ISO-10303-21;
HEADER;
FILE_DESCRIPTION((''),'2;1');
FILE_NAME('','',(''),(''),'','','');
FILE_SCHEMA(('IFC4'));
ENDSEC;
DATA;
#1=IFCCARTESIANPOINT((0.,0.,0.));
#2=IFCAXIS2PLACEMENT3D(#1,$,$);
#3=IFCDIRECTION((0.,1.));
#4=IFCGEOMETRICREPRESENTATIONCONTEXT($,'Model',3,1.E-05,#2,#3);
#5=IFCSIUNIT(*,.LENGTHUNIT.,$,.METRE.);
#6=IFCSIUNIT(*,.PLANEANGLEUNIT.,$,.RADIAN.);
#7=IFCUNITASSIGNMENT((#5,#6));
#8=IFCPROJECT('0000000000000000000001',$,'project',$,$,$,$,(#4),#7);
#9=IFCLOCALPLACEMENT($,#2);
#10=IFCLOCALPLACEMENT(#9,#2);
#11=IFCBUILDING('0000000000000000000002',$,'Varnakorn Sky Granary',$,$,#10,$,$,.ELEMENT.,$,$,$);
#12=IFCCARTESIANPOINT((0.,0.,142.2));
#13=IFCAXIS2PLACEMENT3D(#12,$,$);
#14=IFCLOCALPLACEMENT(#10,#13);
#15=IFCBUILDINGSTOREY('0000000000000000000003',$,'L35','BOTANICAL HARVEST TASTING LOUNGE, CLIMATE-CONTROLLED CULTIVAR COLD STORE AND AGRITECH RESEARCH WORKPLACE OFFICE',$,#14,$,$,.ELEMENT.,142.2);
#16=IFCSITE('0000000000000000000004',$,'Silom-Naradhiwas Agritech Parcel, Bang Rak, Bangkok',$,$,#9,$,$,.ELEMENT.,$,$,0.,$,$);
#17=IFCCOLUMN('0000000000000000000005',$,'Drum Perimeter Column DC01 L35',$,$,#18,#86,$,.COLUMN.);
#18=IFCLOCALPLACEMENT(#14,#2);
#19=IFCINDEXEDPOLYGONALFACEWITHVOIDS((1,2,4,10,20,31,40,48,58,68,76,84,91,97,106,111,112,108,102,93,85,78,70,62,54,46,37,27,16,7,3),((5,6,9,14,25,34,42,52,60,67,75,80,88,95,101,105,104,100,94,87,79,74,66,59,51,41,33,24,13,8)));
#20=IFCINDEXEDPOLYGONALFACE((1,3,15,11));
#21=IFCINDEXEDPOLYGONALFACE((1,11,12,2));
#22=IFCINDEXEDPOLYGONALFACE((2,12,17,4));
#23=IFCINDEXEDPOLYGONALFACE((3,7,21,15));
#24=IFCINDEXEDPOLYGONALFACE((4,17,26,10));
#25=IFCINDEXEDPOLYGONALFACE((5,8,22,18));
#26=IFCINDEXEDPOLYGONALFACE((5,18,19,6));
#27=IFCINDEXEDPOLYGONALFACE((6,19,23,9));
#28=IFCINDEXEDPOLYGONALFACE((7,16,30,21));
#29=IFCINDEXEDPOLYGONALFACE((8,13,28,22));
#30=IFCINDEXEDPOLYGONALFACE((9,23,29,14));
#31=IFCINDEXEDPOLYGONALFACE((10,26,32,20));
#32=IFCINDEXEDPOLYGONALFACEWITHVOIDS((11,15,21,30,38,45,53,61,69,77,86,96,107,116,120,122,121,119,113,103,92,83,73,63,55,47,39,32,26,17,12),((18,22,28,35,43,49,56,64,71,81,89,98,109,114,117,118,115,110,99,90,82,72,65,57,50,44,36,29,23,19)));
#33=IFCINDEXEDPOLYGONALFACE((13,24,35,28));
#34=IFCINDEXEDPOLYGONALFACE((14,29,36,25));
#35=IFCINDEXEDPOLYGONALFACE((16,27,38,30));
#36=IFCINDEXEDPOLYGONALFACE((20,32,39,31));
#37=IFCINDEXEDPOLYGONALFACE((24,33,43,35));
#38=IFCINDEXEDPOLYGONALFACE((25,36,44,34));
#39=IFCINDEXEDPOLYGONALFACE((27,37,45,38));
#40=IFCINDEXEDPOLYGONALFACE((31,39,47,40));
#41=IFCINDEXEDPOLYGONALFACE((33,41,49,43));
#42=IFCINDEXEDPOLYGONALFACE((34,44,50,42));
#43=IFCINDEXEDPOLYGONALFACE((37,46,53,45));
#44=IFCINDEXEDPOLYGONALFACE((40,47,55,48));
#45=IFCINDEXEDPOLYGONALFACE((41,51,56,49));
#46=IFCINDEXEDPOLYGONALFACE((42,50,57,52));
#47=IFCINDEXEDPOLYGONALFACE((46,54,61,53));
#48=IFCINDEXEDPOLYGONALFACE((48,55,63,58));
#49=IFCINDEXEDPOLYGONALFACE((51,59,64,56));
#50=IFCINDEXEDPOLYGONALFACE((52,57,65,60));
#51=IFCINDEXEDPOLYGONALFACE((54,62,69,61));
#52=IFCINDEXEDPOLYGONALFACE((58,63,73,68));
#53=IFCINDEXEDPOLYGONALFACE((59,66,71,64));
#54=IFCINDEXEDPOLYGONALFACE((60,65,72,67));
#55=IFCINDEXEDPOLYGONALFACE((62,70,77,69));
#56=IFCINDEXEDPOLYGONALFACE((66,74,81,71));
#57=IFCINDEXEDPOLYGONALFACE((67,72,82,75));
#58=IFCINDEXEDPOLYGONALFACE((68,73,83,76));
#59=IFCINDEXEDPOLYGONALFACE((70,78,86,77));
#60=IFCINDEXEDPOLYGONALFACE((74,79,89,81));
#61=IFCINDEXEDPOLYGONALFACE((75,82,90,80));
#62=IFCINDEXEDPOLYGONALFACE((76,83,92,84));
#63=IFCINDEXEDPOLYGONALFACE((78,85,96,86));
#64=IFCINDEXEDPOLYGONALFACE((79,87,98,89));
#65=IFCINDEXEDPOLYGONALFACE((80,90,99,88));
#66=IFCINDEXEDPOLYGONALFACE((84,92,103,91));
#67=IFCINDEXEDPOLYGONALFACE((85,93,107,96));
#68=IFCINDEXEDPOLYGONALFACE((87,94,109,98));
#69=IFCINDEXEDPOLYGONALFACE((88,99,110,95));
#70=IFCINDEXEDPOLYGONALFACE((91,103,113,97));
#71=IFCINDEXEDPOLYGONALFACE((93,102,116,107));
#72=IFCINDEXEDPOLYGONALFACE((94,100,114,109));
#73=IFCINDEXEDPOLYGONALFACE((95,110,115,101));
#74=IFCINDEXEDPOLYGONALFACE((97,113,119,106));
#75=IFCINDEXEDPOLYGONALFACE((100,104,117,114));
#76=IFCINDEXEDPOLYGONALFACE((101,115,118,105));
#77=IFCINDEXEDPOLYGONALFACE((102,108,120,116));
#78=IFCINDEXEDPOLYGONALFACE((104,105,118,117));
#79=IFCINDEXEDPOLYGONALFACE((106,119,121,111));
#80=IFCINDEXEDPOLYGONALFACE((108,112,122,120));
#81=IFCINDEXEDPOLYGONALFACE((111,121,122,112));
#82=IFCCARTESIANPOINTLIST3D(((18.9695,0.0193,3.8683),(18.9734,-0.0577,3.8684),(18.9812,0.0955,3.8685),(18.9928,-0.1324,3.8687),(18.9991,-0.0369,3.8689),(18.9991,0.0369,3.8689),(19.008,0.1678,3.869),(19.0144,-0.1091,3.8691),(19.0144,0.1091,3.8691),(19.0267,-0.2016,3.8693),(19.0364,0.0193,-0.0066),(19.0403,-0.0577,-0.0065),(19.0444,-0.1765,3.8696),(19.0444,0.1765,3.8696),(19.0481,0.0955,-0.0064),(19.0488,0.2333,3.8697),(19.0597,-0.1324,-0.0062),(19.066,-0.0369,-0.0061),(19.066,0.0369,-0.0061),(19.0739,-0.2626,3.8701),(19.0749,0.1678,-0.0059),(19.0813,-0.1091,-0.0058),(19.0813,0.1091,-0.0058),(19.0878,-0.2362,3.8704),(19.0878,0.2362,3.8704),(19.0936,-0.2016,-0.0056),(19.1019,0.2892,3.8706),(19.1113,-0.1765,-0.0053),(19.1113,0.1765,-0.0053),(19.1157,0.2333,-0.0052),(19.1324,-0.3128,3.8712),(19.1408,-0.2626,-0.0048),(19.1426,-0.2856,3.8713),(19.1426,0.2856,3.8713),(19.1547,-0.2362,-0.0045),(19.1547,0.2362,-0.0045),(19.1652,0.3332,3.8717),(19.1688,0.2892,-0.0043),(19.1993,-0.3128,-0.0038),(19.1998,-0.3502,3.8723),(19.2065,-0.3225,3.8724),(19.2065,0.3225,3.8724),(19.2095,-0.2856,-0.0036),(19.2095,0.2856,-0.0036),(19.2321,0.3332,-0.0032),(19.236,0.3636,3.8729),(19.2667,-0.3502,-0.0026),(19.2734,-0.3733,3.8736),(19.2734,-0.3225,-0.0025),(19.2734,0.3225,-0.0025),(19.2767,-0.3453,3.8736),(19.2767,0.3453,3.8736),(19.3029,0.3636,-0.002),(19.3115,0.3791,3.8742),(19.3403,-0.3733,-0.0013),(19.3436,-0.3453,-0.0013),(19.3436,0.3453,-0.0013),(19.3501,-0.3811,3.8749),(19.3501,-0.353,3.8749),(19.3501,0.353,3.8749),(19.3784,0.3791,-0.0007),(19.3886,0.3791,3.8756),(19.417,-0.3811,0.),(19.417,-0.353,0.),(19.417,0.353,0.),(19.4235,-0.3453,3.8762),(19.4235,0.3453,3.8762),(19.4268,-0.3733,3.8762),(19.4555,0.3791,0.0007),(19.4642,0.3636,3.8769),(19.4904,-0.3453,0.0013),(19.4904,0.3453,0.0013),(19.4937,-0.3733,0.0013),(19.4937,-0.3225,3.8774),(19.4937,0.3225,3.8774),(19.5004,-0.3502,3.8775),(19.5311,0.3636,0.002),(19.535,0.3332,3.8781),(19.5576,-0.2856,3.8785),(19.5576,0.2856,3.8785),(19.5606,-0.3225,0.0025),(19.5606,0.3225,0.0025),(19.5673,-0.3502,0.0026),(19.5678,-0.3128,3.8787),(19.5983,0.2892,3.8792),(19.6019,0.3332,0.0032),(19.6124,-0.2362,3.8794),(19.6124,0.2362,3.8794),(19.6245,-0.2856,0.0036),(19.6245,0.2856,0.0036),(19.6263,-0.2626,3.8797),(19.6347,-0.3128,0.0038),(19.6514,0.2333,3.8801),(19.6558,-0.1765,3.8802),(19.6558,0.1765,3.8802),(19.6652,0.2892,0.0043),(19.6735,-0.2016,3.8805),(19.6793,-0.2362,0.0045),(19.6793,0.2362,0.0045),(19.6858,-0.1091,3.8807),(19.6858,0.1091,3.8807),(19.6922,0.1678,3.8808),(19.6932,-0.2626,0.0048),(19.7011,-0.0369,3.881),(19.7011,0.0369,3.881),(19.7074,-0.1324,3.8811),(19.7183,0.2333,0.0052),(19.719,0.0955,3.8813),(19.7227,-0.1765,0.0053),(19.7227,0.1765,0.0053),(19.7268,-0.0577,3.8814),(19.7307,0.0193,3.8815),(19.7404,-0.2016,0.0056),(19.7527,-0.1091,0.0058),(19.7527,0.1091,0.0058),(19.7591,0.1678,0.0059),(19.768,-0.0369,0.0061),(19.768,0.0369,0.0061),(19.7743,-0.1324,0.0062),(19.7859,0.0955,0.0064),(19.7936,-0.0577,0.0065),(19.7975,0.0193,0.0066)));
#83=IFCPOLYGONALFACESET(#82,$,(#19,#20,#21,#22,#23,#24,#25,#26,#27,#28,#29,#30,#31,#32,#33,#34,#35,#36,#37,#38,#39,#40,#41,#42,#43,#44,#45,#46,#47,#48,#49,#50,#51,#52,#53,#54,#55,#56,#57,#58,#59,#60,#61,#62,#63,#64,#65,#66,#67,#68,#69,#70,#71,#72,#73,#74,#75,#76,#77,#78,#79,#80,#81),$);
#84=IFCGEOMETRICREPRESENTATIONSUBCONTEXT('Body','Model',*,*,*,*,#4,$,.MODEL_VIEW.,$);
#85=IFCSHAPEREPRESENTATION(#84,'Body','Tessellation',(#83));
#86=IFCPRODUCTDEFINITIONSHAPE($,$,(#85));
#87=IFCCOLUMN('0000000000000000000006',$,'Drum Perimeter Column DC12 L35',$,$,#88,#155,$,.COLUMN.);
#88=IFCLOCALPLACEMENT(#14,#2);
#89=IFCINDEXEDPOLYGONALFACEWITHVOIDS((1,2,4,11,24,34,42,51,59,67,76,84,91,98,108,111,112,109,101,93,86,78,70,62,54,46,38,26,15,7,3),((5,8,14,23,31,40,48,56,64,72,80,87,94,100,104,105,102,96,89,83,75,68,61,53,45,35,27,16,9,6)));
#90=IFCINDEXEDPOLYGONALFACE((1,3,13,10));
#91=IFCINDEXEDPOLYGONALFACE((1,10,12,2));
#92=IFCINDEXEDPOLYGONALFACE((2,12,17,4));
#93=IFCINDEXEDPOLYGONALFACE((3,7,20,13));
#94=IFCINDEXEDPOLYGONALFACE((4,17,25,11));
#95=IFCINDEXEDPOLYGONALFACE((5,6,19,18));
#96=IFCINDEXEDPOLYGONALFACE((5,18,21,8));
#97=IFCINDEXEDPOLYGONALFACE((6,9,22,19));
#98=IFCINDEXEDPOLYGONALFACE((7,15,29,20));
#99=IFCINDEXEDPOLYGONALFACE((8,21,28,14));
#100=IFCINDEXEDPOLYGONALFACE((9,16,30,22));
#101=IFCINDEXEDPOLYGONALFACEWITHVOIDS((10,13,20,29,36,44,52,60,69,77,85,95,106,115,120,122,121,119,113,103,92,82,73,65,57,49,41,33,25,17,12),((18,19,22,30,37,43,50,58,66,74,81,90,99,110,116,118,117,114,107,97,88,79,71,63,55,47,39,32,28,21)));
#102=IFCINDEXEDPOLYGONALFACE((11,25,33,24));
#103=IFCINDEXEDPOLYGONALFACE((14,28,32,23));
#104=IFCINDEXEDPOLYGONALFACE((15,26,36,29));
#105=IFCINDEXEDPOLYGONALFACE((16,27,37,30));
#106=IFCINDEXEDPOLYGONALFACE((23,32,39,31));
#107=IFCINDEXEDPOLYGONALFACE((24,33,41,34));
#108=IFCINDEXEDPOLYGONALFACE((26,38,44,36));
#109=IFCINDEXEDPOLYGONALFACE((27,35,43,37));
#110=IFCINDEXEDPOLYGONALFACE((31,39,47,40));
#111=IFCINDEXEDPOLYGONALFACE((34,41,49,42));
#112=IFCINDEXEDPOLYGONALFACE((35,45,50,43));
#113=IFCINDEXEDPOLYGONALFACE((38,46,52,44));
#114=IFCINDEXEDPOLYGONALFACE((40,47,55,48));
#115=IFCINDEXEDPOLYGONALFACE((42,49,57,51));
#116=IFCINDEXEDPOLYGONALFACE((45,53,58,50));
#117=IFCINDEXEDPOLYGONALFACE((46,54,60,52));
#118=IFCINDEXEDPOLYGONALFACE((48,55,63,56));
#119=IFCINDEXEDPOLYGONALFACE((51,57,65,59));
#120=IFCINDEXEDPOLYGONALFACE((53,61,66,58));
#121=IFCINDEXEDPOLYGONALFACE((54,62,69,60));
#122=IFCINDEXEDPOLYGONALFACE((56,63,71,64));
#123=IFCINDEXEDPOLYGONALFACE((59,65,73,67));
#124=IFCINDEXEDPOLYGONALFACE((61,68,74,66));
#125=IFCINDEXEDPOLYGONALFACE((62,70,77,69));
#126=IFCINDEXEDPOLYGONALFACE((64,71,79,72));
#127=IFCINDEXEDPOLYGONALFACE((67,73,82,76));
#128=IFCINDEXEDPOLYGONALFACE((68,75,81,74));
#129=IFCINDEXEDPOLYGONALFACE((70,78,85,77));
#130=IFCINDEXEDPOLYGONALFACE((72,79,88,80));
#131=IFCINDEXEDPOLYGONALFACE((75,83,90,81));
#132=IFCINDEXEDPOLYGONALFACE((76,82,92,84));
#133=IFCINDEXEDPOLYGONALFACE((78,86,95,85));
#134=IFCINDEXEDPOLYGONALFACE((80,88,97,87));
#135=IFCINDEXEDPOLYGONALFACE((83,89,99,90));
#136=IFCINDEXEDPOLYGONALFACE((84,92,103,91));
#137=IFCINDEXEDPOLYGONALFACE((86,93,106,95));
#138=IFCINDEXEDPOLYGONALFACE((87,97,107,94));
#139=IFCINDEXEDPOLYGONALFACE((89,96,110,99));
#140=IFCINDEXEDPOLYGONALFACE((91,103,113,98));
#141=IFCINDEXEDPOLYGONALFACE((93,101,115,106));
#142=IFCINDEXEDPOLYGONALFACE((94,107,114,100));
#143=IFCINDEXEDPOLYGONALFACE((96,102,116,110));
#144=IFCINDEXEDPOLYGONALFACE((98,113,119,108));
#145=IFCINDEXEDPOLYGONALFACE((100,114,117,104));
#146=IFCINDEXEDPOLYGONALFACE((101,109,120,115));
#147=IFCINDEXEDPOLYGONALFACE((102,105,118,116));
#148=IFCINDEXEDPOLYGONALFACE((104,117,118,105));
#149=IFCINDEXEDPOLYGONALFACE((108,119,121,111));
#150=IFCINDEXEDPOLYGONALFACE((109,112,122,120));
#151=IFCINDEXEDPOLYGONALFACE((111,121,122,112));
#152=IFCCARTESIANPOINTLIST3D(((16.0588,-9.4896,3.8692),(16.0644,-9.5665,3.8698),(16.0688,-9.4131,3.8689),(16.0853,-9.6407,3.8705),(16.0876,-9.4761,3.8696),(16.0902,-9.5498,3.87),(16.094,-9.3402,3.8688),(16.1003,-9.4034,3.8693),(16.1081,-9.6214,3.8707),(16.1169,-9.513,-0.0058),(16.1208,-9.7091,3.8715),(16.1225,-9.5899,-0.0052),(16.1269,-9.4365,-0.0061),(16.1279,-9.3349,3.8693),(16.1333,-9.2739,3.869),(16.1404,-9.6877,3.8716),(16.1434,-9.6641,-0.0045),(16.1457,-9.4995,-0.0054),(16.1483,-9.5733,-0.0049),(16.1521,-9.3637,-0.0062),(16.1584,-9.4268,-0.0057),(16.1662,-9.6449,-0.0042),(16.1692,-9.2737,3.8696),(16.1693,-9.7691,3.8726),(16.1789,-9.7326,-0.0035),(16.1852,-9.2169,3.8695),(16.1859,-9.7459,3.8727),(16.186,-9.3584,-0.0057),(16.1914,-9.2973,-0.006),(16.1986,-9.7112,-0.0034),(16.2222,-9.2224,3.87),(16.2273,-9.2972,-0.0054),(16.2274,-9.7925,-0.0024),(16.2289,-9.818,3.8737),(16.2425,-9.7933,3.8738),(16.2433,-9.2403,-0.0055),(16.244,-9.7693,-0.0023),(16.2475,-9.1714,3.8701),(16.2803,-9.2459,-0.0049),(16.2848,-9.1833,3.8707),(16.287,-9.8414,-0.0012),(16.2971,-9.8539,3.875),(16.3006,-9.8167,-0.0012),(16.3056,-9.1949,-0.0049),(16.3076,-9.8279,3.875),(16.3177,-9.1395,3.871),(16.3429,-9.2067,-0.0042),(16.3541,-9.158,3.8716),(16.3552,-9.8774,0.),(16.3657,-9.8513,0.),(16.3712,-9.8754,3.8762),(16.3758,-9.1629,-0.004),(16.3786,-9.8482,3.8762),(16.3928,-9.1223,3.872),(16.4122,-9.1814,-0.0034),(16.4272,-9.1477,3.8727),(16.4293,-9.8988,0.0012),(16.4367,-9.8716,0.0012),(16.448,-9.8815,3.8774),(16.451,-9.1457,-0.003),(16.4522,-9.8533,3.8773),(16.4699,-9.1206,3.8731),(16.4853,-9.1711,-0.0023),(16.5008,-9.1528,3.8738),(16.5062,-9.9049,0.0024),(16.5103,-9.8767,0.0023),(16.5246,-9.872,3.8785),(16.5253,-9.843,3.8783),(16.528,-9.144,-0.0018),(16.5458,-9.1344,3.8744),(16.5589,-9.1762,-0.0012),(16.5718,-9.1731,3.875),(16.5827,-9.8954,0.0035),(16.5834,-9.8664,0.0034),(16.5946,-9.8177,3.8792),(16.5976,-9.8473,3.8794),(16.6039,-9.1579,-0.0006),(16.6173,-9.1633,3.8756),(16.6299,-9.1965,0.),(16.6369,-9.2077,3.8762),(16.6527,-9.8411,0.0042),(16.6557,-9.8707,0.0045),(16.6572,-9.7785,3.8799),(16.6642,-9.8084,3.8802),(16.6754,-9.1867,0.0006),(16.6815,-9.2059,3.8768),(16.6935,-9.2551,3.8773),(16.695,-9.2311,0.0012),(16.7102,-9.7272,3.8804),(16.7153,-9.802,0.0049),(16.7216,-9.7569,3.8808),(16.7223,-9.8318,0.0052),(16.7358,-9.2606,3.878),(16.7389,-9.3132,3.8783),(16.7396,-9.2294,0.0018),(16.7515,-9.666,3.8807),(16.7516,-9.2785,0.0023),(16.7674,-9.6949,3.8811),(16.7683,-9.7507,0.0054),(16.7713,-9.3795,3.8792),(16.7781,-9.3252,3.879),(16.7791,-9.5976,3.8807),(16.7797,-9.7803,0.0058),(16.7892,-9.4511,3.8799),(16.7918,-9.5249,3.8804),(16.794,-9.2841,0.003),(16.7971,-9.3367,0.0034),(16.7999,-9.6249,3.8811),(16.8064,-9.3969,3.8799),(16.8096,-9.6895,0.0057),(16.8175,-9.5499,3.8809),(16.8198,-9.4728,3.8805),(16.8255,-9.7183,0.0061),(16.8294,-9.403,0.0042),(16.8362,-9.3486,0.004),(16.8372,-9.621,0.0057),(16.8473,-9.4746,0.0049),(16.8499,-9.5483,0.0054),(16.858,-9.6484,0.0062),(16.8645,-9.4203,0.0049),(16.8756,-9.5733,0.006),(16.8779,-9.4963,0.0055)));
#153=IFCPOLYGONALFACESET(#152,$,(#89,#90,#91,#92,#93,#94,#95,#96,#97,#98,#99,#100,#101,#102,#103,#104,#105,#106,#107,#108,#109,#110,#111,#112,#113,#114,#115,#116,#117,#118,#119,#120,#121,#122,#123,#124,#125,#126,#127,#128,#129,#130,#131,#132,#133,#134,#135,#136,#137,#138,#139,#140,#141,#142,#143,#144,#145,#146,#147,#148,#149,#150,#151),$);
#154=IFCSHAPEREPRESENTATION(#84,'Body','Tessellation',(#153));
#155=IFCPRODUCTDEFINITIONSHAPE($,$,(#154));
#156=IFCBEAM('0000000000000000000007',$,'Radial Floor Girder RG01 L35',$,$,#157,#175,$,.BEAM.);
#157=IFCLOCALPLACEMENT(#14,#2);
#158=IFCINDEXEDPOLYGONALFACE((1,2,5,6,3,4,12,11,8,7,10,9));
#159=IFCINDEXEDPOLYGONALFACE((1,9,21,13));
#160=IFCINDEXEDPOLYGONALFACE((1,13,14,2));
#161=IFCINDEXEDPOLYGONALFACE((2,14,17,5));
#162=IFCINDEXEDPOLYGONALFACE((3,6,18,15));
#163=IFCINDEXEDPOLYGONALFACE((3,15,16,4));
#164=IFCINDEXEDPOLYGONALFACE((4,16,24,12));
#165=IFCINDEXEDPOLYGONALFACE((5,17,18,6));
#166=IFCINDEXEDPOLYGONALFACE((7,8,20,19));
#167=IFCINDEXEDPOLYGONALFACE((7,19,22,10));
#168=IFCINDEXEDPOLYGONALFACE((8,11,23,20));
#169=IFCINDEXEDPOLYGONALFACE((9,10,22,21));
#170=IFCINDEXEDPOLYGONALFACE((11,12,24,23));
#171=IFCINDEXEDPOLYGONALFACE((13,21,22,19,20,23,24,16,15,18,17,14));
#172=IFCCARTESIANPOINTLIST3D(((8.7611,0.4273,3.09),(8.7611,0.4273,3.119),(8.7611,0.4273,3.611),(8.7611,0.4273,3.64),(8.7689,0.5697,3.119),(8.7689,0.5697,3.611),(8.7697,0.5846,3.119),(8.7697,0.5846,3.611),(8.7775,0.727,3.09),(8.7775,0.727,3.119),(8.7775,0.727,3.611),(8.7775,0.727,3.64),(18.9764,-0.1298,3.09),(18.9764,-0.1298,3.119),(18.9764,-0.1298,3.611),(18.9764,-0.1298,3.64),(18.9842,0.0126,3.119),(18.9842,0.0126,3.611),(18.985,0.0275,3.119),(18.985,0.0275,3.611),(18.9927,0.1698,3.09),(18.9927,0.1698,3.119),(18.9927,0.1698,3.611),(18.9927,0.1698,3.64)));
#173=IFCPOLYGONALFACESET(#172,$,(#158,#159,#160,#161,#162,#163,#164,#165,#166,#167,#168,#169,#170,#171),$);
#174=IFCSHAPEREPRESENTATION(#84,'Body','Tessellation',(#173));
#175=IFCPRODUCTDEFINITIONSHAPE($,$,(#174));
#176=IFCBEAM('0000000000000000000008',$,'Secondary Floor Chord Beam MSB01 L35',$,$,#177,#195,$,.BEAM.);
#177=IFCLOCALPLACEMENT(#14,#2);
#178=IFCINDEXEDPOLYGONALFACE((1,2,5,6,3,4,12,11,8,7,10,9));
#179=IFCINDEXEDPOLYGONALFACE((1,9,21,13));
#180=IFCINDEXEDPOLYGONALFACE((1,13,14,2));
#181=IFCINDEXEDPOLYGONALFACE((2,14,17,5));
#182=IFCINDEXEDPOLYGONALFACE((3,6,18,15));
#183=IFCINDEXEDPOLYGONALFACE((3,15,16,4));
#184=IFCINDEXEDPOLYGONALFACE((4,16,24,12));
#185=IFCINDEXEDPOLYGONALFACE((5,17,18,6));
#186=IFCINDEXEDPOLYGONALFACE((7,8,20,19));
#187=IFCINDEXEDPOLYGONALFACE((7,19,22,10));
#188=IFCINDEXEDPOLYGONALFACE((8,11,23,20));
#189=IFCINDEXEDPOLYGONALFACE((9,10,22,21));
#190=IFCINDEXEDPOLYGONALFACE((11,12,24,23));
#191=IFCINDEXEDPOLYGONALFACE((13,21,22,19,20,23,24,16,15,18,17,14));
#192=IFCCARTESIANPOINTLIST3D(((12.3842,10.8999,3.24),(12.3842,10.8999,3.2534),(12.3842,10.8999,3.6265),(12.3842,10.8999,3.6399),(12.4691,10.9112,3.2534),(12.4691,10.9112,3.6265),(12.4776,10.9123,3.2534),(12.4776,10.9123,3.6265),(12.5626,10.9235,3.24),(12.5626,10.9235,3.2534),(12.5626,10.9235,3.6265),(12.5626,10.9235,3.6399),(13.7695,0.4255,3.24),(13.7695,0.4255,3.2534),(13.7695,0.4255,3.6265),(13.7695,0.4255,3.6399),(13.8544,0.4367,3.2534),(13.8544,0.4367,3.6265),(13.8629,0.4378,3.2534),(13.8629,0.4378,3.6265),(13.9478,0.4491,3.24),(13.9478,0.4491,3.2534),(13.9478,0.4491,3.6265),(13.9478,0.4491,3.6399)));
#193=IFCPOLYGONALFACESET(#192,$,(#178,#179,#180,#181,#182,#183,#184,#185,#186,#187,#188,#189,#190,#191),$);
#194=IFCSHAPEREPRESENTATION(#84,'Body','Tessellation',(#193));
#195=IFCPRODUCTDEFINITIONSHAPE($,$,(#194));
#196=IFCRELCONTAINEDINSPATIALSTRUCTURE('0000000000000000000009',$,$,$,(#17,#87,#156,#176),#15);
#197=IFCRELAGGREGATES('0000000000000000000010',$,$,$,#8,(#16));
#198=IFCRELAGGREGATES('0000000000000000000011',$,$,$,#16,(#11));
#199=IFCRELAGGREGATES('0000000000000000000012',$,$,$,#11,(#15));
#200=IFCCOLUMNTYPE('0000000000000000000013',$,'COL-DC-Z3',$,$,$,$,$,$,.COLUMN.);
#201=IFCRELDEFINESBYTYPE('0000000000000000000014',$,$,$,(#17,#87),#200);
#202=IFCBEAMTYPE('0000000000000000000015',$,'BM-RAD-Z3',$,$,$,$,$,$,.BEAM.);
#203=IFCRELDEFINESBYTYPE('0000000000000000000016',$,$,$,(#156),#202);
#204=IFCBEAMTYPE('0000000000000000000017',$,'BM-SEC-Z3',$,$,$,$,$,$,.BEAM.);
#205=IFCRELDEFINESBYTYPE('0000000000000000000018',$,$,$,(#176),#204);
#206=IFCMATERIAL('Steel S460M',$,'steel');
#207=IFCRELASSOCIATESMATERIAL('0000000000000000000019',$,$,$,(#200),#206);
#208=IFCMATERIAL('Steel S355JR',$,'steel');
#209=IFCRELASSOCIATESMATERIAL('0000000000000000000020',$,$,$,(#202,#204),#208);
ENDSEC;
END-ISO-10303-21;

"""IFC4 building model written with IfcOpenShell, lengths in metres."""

from ifc_helpers import new_model, si_unit, direction, frame, origin, origin_2d, place, context, subcontext, project, spatial, hollow_circle, i_section, extrude, material, material_profile, profile_set, type_object, element, save


model = new_model("IFC4")

# Units and contexts
model_context = context("Model", 3, precision=1e-05, world=origin(), true_north=direction((0.0, 1.0)))
body_context = subcontext(model_context, "Body", "Model", "MODEL_VIEW")
ifc_project = project(units=[si_unit("LENGTHUNIT", "METRE"), si_unit("PLANEANGLEUNIT", "RADIAN")], contexts=[model_context])

# Site, building, storey
site_placement = place(None, origin())
site = spatial("IfcSite", under=ifc_project, at=site_placement, Name="Silom-Naradhiwas Agritech Parcel, Bang Rak, Bangkok", CompositionType="ELEMENT", RefElevation=0.0)
building_placement = place(site_placement, origin())
building = spatial("IfcBuilding", under=site, at=building_placement, Name="Varnakorn Sky Granary", CompositionType="ELEMENT")
storey_placement = place(building_placement, frame((0.0, 0.0, 142.2)))
storey = spatial("IfcBuildingStorey", under=building, at=storey_placement, Name="L35", Description="BOTANICAL HARVEST TASTING LOUNGE, CLIMATE-CONTROLLED CULTIVAR COLD STORE AND AGRITECH RESEARCH WORKPLACE OFFICE", CompositionType="ELEMENT", Elevation=142.2)

# Columns
ifc_material_1 = material(Name="Steel S460M", Category="steel")
ifc_material_profile_1 = material_profile(ifc_material_1, hollow_circle(Radius=0.3811, WallThickness=0.0281, at=origin_2d()), Name="CHS 762x28")
ifc_profile_set_1 = profile_set([ifc_material_profile_1], Name="Steel S460M")
column_type = type_object("IfcColumnType", Name="COL-DC-Z3", PredefinedType="COLUMN", material=ifc_profile_set_1)
for number, where, z_axis, x_axis, name in (
    (1, (19.417, 0.0, 0.0), (-0.017261, 0.0, 0.999851), (0.0, -1.0, 0.0), "Drum Perimeter Column DC01 L35"),
    (2, (16.4978, -9.5239, 0.0), (-0.014993, 0.006048, 0.999869), (-0.374076, -0.927398, 0.0), "Drum Perimeter Column DC12 L35"),
):
    element("IfcColumn", number, at=place(storey_placement, frame(where, z_axis=z_axis, x_axis=x_axis)), inside=storey, type_object=column_type, Name=name, PredefinedType="COLUMN", context=body_context, shape_type="SweptSolid", body=[
        extrude(hollow_circle(Radius=0.3811, WallThickness=0.0281, at=origin_2d()), origin(), (0.0, 0.0, 1.0), 3.8755),
    ])

# Beams
ifc_material_2 = material(Name="Steel S355JR", Category="steel")
ifc_material_profile_2 = material_profile(ifc_material_2, i_section(OverallWidth=0.3, OverallDepth=0.55, WebThickness=0.0149, FlangeThickness=0.0291, at=origin_2d()), Name="HE 550 B")
ifc_profile_set_2 = profile_set([ifc_material_profile_2], Name="Steel S355JR")
beam_type_1 = type_object("IfcBeamType", Name="BM-RAD-Z3", PredefinedType="BEAM", material=ifc_profile_set_2)
beam_1_placement = place(storey_placement, frame((8.7693, 0.5771, 3.365), z_axis=(0.998516, -0.054458, 0.0), x_axis=(0.054458, 0.998516, 0.0)))
element("IfcBeam", 3, at=beam_1_placement, inside=storey, type_object=beam_type_1, Name="Radial Floor Girder RG01 L35", PredefinedType="BEAM", context=body_context, shape_type="SweptSolid", body=[
    extrude(i_section(OverallWidth=0.3, OverallDepth=0.55, WebThickness=0.0149, FlangeThickness=0.0291, at=origin_2d()), origin(), (0.0, 0.0, 1.0), 10.2305),
])
ifc_material_profile_3 = material_profile(ifc_material_2, i_section(OverallWidth=0.1799, OverallDepth=0.3999, WebThickness=0.0085, FlangeThickness=0.0134, at=origin_2d()), Name="IPE 400")
ifc_profile_set_3 = profile_set([ifc_material_profile_3], Name="Steel S355JR")
beam_type_2 = type_object("IfcBeamType", Name="BM-SEC-Z3", PredefinedType="BEAM", material=ifc_profile_set_3)
beam_2_placement = place(storey_placement, frame((13.8586, 0.4373, 3.4399), z_axis=(-0.13111, 0.991368, 0.0), x_axis=(-0.991368, -0.13111, 0.0)))
element("IfcBeam", 4, at=beam_2_placement, inside=storey, type_object=beam_type_2, Name="Secondary Floor Chord Beam MSB01 L35", PredefinedType="BEAM", context=body_context, shape_type="SweptSolid", body=[
    extrude(i_section(OverallWidth=0.1799, OverallDepth=0.3999, WebThickness=0.0085, FlangeThickness=0.0134, at=origin_2d()), origin(), (0.0, 0.0, 1.0), 10.5657),
])

save(model, "model.ifc")
